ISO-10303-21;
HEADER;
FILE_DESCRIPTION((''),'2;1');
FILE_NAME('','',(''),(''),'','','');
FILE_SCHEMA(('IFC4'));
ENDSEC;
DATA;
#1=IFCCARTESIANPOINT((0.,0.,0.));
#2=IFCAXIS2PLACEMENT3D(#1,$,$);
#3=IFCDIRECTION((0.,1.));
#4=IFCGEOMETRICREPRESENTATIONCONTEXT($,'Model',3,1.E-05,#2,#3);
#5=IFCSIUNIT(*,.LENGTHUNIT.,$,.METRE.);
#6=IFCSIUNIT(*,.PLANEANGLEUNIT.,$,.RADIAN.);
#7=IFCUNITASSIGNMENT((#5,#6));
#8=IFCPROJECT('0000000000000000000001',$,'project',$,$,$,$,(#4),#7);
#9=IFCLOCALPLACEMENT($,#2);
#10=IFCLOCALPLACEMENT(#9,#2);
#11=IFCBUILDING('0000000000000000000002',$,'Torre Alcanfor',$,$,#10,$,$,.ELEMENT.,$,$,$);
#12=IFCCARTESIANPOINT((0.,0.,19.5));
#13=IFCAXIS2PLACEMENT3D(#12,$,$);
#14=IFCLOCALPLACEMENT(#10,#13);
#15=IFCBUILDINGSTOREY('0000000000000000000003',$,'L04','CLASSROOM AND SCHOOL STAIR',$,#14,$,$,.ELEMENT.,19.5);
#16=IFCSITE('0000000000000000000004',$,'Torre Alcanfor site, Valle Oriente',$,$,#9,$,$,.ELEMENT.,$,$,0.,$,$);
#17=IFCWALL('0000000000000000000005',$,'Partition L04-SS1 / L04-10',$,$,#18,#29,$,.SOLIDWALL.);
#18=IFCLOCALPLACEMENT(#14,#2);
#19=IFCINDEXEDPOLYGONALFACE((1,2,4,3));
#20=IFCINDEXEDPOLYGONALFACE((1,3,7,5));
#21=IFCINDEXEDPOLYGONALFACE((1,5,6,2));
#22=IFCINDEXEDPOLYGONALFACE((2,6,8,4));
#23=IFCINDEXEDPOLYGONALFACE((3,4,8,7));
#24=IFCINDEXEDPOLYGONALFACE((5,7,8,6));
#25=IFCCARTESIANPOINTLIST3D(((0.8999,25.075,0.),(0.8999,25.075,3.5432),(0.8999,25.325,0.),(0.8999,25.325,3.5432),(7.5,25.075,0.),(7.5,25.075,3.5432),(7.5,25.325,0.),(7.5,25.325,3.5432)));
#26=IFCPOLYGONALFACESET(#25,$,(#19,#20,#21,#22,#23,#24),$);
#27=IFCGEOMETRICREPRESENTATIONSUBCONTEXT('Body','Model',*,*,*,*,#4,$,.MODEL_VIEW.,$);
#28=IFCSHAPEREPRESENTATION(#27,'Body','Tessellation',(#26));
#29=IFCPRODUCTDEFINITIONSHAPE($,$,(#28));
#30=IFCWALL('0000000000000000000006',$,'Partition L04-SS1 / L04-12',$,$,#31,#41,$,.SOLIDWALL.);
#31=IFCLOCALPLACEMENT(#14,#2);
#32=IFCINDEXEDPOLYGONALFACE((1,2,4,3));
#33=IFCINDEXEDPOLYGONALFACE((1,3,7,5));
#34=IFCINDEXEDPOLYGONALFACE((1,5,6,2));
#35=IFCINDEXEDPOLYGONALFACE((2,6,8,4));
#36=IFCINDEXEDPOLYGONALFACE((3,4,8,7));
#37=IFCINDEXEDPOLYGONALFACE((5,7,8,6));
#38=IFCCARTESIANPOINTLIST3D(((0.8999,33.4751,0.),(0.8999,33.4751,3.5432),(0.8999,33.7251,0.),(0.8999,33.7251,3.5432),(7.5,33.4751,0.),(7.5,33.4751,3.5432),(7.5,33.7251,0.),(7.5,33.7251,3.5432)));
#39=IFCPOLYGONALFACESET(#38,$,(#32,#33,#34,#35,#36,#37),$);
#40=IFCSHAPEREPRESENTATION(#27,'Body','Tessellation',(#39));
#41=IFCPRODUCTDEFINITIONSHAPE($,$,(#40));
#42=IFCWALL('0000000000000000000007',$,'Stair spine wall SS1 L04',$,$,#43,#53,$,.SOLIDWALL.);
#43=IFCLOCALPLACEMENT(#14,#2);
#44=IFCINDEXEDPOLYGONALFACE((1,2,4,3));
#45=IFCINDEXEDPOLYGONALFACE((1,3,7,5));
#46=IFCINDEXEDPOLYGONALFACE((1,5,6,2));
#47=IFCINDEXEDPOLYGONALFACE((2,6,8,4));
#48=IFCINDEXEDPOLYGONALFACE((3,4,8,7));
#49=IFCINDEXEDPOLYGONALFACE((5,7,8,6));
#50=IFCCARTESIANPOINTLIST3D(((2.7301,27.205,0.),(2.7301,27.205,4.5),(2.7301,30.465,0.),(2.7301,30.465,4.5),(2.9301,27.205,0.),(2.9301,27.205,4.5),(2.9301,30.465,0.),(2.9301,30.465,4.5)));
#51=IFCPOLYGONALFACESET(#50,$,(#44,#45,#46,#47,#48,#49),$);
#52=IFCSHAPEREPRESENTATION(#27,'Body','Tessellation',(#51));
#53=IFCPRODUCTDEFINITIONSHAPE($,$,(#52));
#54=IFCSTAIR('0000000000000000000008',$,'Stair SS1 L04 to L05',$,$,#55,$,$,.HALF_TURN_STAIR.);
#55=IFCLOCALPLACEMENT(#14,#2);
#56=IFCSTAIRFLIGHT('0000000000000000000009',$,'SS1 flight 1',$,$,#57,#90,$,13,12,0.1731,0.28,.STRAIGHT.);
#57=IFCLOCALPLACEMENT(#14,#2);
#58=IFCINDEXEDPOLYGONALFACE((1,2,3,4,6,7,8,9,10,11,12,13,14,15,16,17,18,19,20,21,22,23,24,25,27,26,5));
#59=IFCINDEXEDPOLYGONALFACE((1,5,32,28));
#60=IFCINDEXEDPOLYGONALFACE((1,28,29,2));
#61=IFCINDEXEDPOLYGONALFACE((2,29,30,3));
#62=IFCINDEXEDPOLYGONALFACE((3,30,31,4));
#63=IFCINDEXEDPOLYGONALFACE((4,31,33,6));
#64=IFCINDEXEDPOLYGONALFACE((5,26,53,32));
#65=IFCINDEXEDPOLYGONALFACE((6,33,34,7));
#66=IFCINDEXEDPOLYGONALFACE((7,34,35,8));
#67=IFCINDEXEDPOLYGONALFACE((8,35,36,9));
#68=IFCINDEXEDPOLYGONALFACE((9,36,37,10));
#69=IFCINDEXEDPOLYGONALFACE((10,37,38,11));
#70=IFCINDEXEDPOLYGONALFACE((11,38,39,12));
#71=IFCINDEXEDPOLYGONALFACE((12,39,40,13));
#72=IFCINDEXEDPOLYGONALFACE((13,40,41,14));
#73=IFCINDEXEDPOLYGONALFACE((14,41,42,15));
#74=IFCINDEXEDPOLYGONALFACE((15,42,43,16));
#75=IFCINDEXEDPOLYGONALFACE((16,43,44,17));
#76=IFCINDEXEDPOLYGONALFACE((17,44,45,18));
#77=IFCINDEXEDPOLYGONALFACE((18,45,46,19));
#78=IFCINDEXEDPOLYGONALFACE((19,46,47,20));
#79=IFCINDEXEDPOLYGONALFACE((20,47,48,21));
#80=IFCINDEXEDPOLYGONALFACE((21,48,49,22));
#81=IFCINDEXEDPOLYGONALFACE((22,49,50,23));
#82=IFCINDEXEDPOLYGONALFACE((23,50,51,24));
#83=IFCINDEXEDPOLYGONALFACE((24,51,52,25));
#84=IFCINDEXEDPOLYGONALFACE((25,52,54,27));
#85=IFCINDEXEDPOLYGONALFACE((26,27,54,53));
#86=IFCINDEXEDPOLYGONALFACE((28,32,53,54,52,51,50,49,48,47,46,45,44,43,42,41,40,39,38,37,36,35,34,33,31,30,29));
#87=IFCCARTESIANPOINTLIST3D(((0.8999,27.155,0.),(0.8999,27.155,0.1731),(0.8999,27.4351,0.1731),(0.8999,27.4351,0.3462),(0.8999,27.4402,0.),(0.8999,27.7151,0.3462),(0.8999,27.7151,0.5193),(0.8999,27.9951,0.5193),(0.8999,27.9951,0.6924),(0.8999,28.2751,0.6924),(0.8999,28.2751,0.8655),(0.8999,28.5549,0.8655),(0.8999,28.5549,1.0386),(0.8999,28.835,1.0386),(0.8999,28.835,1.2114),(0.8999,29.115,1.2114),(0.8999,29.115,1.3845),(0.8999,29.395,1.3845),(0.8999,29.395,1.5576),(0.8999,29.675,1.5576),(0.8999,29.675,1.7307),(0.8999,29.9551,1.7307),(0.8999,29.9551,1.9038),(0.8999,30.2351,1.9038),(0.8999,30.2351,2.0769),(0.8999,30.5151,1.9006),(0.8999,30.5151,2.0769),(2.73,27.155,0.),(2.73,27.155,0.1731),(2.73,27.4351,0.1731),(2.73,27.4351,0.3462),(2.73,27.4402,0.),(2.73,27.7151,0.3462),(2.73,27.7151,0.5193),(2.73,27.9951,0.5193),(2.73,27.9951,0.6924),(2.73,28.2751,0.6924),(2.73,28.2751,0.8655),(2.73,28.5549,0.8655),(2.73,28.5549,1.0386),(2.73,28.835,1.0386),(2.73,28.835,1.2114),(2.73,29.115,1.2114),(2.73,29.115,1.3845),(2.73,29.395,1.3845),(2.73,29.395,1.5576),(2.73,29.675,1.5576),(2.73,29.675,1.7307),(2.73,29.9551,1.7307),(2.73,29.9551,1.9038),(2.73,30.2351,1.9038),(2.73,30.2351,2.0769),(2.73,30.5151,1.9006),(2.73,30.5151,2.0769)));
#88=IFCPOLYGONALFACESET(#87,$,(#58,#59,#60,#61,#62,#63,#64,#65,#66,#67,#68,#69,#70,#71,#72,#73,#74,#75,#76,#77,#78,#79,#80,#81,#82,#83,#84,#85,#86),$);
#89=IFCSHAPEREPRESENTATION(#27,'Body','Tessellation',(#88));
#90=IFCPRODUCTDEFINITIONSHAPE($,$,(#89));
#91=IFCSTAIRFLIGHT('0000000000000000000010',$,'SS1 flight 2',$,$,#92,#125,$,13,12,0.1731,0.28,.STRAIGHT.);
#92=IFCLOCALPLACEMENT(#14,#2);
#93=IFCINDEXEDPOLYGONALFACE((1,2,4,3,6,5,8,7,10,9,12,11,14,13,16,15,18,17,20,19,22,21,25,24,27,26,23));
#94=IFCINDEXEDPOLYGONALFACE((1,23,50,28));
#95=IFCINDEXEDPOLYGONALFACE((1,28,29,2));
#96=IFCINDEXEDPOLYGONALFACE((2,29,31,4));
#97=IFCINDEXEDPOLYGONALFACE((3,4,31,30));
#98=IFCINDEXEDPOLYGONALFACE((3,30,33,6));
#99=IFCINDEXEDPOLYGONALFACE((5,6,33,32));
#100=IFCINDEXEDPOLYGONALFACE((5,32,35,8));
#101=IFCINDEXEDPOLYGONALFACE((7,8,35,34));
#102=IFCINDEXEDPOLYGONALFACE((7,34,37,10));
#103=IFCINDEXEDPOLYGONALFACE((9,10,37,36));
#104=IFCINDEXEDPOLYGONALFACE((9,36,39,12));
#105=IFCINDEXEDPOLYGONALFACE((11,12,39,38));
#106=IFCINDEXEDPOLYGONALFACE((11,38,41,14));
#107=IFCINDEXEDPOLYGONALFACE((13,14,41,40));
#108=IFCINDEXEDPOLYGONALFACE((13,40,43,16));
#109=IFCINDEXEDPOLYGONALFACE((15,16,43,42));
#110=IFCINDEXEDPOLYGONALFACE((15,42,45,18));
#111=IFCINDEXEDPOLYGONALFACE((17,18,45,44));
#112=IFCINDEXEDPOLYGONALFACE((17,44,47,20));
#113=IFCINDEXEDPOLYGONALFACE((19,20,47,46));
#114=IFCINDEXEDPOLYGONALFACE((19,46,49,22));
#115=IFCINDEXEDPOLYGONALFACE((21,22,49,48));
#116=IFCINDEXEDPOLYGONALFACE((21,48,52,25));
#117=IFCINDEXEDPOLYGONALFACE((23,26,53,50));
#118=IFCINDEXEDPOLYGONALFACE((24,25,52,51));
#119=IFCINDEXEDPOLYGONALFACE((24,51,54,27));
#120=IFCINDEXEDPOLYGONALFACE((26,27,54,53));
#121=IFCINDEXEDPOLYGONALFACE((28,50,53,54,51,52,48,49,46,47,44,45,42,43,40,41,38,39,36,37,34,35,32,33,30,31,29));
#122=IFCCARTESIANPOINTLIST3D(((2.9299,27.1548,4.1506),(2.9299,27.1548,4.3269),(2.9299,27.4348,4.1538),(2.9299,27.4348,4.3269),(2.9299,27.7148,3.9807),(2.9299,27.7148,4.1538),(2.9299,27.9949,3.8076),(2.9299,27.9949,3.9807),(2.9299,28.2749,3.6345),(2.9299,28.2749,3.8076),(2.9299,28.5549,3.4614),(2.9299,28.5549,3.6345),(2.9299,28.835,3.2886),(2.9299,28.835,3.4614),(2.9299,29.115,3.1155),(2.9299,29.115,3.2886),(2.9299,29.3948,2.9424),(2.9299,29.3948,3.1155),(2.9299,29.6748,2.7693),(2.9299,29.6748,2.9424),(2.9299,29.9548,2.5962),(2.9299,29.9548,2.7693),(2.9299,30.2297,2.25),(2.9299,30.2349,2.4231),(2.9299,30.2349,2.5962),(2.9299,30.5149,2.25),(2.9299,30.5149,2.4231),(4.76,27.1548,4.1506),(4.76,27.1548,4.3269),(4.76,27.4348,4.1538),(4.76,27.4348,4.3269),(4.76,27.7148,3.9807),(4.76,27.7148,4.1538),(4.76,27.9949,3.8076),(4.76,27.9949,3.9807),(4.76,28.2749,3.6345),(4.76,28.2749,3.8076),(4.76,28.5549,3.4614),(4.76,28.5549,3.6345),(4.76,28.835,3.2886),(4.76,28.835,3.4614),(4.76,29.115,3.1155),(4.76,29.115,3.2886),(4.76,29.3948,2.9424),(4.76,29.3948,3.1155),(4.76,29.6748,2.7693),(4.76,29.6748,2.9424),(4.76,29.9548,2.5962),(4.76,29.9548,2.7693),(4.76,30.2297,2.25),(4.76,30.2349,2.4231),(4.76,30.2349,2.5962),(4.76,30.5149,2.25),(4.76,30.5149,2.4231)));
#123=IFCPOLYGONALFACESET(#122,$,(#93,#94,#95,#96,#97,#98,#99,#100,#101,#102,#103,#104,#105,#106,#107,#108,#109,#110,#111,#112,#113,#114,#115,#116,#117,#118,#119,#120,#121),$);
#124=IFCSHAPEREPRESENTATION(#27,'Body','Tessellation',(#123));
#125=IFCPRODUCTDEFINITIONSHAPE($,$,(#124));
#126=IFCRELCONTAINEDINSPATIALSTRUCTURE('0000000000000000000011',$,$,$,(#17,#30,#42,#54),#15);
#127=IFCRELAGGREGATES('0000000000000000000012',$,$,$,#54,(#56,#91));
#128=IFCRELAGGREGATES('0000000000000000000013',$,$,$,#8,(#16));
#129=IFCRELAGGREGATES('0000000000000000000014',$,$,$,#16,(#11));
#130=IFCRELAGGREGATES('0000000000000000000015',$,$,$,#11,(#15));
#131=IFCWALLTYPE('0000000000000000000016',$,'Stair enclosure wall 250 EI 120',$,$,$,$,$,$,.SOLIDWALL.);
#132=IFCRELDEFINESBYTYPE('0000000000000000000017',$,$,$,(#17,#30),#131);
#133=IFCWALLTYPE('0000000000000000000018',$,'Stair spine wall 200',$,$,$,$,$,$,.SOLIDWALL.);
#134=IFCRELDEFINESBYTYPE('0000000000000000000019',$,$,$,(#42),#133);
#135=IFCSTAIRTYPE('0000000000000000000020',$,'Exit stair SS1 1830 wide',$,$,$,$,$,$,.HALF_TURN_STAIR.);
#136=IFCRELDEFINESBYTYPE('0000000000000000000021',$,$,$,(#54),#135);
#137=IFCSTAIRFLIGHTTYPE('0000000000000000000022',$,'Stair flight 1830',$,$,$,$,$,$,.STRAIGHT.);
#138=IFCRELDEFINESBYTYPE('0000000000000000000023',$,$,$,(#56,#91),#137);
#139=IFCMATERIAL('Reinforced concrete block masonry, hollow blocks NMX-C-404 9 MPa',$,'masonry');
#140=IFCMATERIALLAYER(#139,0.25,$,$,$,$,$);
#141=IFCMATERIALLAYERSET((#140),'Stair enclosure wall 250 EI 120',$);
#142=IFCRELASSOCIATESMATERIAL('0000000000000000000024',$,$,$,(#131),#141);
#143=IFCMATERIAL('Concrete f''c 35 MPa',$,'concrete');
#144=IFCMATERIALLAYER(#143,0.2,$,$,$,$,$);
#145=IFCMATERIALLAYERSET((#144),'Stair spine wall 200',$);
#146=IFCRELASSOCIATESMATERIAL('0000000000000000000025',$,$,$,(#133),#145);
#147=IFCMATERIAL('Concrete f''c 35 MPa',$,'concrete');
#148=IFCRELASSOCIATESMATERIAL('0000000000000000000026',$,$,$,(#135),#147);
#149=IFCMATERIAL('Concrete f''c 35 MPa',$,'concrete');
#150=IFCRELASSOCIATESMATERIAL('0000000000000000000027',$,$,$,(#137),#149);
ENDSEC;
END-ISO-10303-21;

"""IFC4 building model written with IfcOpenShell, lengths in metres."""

from ifc_helpers import new_model, si_unit, direction, frame, frame_2d, origin, place, context, subcontext, project, spatial, polyline, rectangle, outline, extrude, material, layer, layer_set, type_object, element, aggregate, save


model = new_model("IFC4")

# Units and contexts
model_context = context("Model", 3, precision=1e-05, world=origin(), true_north=direction((0.0, 1.0)))
body_context = subcontext(model_context, "Body", "Model", "MODEL_VIEW")
ifc_project = project(units=[si_unit("LENGTHUNIT", "METRE"), si_unit("PLANEANGLEUNIT", "RADIAN")], contexts=[model_context])

# Site, building, storey
site_placement = place(None, origin())
site = spatial("IfcSite", under=ifc_project, at=site_placement, Name="Torre Alcanfor site, Valle Oriente", CompositionType="ELEMENT", RefElevation=0.0)
building_placement = place(site_placement, origin())
building = spatial("IfcBuilding", under=site, at=building_placement, Name="Torre Alcanfor", CompositionType="ELEMENT")
storey_placement = place(building_placement, frame((0.0, 0.0, 19.5)))
storey = spatial("IfcBuildingStorey", under=building, at=storey_placement, Name="L04", Description="CLASSROOM AND SCHOOL STAIR", CompositionType="ELEMENT", Elevation=19.5)

# Walls
ifc_material_1 = material(Name="Reinforced concrete block masonry, hollow blocks NMX-C-404 9 MPa", Category="masonry")
ifc_layer_1 = layer(ifc_material_1, 0.25)
ifc_layer_set_1 = layer_set([ifc_layer_1], Name="Stair enclosure wall 250 EI 120")
wall_type_1 = type_object("IfcWallType", Name="Stair enclosure wall 250 EI 120", PredefinedType="SOLIDWALL", material=ifc_layer_set_1)
for number, where, z_axis, x_axis, name in (
    (1, (7.5, 25.2, 0.0), (0.0, 0.0, 1.0), (-1.0, 0.0, 0.0), "Partition L04-SS1 / L04-10"),
    (2, (0.8999, 33.6001, 0.0), (0.0, 0.0, 1.0), (1.0, 0.0, 0.0), "Partition L04-SS1 / L04-12"),
):
    element("IfcWall", number, at=place(storey_placement, frame(where, z_axis=z_axis, x_axis=x_axis)), inside=storey, type_object=wall_type_1, Name=name, PredefinedType="SOLIDWALL", context=body_context, shape_type="SweptSolid", body=[
        extrude(rectangle(XDim=6.6001, YDim=0.25, at=frame_2d((3.3, 0.0))), origin(), (0.0, 0.0, 1.0), 3.5432),
    ])
ifc_material_2 = material(Name="Concrete f'c 35 MPa", Category="concrete")
ifc_layer_2 = layer(ifc_material_2, 0.2)
ifc_layer_set_2 = layer_set([ifc_layer_2], Name="Stair spine wall 200")
wall_type_2 = type_object("IfcWallType", Name="Stair spine wall 200", PredefinedType="SOLIDWALL", material=ifc_layer_set_2)
wall_1_placement = place(storey_placement, frame((2.8301, 27.2051, 0.0), z_axis=(0.0, 0.0, 1.0), x_axis=(0.0, 1.0, 0.0)))
element("IfcWall", 3, at=wall_1_placement, inside=storey, type_object=wall_type_2, Name="Stair spine wall SS1 L04", PredefinedType="SOLIDWALL", context=body_context, shape_type="SweptSolid", body=[
    extrude(rectangle(XDim=3.26, YDim=0.2, at=frame_2d((1.6299, 0.0))), origin(), (0.0, 0.0, 1.0), 4.5),
])

# Stair, stair flights
ifc_material_3 = material(Name="Concrete f'c 35 MPa", Category="concrete")
stair_type = type_object("IfcStairType", Name="Exit stair SS1 1830 wide", PredefinedType="HALF_TURN_STAIR", material=ifc_material_3)
stair_placement = place(storey_placement, origin())
stair = element("IfcStair", 4, at=stair_placement, inside=storey, type_object=stair_type, Name="Stair SS1 L04 to L05", PredefinedType="HALF_TURN_STAIR")
ifc_material_4 = material(Name="Concrete f'c 35 MPa", Category="concrete")
stair_flight_type = type_object("IfcStairFlightType", Name="Stair flight 1830", PredefinedType="STRAIGHT", material=ifc_material_4)
stair_flight_1_placement = place(storey_placement, frame((1.8149, 27.155, 0.0), z_axis=(0.0, 0.0, 1.0), x_axis=(0.0, 1.0, 0.0)))
stair_flight_1 = element("IfcStairFlight", 5, at=stair_flight_1_placement, type_object=stair_flight_type, Name="SS1 flight 1", NumberOfRisers=13, NumberOfTreads=12, PredefinedType="STRAIGHT", RiserHeight=0.1731, TreadLength=0.28, context=body_context, shape_type="SweptSolid", body=[
    extrude(outline(polyline([(0.0, 0.0), (0.0, 0.1731), (0.28, 0.1731), (0.28, 0.3462), (0.5601, 0.3462), (0.5601, 0.5193), (0.8401, 0.5193), (0.8401, 0.6924), (1.1201, 0.6924), (1.1201, 0.8655), (1.3999, 0.8655), (1.3999, 1.0386), (1.6799, 1.0386), (1.6799, 1.2114), (1.96, 1.2114), (1.96, 1.3845), (2.24, 1.3845), (2.24, 1.5576), (2.52, 1.5576), (2.52, 1.7307), (2.8, 1.7307), (2.8, 1.9038), (3.0801, 1.9038), (3.0801, 2.0769), (3.3601, 2.0769), (3.3601, 2.25), (3.3601, 1.9006), (0.2852, 0.0), (0.0, 0.0)])), frame((0.0, 0.915, 0.0), z_axis=(0.0, -1.0, 0.0), x_axis=(1.0, 0.0, 0.0)), (0.0, 0.0, 1.0), 1.8301),
])
stair_flight_2_placement = place(storey_placement, frame((3.845, 30.5149, 2.25), z_axis=(0.0, 0.0, 1.0), x_axis=(0.0, -1.0, 0.0)))
stair_flight_2 = element("IfcStairFlight", 6, at=stair_flight_2_placement, type_object=stair_flight_type, Name="SS1 flight 2", NumberOfRisers=13, NumberOfTreads=12, PredefinedType="STRAIGHT", RiserHeight=0.1731, TreadLength=0.28, context=body_context, shape_type="SweptSolid", body=[
    extrude(outline(polyline([(0.0, 0.0), (0.0, 0.1731), (0.28, 0.1731), (0.28, 0.3462), (0.5601, 0.3462), (0.5601, 0.5193), (0.8401, 0.5193), (0.8401, 0.6924), (1.1201, 0.6924), (1.1201, 0.8655), (1.3999, 0.8655), (1.3999, 1.0386), (1.6799, 1.0386), (1.6799, 1.2114), (1.96, 1.2114), (1.96, 1.3845), (2.24, 1.3845), (2.24, 1.5576), (2.52, 1.5576), (2.52, 1.7307), (2.8, 1.7307), (2.8, 1.9038), (3.0801, 1.9038), (3.0801, 2.0769), (3.3601, 2.0769), (3.3601, 2.25), (3.3601, 1.9006), (0.2852, 0.0), (0.0, 0.0)])), frame((0.0, 0.915, 0.0), z_axis=(0.0, -1.0, 0.0), x_axis=(1.0, 0.0, 0.0)), (0.0, 0.0, 1.0), 1.8301),
])
aggregate(stair, [stair_flight_1, stair_flight_2])

save(model, "model.ifc")
